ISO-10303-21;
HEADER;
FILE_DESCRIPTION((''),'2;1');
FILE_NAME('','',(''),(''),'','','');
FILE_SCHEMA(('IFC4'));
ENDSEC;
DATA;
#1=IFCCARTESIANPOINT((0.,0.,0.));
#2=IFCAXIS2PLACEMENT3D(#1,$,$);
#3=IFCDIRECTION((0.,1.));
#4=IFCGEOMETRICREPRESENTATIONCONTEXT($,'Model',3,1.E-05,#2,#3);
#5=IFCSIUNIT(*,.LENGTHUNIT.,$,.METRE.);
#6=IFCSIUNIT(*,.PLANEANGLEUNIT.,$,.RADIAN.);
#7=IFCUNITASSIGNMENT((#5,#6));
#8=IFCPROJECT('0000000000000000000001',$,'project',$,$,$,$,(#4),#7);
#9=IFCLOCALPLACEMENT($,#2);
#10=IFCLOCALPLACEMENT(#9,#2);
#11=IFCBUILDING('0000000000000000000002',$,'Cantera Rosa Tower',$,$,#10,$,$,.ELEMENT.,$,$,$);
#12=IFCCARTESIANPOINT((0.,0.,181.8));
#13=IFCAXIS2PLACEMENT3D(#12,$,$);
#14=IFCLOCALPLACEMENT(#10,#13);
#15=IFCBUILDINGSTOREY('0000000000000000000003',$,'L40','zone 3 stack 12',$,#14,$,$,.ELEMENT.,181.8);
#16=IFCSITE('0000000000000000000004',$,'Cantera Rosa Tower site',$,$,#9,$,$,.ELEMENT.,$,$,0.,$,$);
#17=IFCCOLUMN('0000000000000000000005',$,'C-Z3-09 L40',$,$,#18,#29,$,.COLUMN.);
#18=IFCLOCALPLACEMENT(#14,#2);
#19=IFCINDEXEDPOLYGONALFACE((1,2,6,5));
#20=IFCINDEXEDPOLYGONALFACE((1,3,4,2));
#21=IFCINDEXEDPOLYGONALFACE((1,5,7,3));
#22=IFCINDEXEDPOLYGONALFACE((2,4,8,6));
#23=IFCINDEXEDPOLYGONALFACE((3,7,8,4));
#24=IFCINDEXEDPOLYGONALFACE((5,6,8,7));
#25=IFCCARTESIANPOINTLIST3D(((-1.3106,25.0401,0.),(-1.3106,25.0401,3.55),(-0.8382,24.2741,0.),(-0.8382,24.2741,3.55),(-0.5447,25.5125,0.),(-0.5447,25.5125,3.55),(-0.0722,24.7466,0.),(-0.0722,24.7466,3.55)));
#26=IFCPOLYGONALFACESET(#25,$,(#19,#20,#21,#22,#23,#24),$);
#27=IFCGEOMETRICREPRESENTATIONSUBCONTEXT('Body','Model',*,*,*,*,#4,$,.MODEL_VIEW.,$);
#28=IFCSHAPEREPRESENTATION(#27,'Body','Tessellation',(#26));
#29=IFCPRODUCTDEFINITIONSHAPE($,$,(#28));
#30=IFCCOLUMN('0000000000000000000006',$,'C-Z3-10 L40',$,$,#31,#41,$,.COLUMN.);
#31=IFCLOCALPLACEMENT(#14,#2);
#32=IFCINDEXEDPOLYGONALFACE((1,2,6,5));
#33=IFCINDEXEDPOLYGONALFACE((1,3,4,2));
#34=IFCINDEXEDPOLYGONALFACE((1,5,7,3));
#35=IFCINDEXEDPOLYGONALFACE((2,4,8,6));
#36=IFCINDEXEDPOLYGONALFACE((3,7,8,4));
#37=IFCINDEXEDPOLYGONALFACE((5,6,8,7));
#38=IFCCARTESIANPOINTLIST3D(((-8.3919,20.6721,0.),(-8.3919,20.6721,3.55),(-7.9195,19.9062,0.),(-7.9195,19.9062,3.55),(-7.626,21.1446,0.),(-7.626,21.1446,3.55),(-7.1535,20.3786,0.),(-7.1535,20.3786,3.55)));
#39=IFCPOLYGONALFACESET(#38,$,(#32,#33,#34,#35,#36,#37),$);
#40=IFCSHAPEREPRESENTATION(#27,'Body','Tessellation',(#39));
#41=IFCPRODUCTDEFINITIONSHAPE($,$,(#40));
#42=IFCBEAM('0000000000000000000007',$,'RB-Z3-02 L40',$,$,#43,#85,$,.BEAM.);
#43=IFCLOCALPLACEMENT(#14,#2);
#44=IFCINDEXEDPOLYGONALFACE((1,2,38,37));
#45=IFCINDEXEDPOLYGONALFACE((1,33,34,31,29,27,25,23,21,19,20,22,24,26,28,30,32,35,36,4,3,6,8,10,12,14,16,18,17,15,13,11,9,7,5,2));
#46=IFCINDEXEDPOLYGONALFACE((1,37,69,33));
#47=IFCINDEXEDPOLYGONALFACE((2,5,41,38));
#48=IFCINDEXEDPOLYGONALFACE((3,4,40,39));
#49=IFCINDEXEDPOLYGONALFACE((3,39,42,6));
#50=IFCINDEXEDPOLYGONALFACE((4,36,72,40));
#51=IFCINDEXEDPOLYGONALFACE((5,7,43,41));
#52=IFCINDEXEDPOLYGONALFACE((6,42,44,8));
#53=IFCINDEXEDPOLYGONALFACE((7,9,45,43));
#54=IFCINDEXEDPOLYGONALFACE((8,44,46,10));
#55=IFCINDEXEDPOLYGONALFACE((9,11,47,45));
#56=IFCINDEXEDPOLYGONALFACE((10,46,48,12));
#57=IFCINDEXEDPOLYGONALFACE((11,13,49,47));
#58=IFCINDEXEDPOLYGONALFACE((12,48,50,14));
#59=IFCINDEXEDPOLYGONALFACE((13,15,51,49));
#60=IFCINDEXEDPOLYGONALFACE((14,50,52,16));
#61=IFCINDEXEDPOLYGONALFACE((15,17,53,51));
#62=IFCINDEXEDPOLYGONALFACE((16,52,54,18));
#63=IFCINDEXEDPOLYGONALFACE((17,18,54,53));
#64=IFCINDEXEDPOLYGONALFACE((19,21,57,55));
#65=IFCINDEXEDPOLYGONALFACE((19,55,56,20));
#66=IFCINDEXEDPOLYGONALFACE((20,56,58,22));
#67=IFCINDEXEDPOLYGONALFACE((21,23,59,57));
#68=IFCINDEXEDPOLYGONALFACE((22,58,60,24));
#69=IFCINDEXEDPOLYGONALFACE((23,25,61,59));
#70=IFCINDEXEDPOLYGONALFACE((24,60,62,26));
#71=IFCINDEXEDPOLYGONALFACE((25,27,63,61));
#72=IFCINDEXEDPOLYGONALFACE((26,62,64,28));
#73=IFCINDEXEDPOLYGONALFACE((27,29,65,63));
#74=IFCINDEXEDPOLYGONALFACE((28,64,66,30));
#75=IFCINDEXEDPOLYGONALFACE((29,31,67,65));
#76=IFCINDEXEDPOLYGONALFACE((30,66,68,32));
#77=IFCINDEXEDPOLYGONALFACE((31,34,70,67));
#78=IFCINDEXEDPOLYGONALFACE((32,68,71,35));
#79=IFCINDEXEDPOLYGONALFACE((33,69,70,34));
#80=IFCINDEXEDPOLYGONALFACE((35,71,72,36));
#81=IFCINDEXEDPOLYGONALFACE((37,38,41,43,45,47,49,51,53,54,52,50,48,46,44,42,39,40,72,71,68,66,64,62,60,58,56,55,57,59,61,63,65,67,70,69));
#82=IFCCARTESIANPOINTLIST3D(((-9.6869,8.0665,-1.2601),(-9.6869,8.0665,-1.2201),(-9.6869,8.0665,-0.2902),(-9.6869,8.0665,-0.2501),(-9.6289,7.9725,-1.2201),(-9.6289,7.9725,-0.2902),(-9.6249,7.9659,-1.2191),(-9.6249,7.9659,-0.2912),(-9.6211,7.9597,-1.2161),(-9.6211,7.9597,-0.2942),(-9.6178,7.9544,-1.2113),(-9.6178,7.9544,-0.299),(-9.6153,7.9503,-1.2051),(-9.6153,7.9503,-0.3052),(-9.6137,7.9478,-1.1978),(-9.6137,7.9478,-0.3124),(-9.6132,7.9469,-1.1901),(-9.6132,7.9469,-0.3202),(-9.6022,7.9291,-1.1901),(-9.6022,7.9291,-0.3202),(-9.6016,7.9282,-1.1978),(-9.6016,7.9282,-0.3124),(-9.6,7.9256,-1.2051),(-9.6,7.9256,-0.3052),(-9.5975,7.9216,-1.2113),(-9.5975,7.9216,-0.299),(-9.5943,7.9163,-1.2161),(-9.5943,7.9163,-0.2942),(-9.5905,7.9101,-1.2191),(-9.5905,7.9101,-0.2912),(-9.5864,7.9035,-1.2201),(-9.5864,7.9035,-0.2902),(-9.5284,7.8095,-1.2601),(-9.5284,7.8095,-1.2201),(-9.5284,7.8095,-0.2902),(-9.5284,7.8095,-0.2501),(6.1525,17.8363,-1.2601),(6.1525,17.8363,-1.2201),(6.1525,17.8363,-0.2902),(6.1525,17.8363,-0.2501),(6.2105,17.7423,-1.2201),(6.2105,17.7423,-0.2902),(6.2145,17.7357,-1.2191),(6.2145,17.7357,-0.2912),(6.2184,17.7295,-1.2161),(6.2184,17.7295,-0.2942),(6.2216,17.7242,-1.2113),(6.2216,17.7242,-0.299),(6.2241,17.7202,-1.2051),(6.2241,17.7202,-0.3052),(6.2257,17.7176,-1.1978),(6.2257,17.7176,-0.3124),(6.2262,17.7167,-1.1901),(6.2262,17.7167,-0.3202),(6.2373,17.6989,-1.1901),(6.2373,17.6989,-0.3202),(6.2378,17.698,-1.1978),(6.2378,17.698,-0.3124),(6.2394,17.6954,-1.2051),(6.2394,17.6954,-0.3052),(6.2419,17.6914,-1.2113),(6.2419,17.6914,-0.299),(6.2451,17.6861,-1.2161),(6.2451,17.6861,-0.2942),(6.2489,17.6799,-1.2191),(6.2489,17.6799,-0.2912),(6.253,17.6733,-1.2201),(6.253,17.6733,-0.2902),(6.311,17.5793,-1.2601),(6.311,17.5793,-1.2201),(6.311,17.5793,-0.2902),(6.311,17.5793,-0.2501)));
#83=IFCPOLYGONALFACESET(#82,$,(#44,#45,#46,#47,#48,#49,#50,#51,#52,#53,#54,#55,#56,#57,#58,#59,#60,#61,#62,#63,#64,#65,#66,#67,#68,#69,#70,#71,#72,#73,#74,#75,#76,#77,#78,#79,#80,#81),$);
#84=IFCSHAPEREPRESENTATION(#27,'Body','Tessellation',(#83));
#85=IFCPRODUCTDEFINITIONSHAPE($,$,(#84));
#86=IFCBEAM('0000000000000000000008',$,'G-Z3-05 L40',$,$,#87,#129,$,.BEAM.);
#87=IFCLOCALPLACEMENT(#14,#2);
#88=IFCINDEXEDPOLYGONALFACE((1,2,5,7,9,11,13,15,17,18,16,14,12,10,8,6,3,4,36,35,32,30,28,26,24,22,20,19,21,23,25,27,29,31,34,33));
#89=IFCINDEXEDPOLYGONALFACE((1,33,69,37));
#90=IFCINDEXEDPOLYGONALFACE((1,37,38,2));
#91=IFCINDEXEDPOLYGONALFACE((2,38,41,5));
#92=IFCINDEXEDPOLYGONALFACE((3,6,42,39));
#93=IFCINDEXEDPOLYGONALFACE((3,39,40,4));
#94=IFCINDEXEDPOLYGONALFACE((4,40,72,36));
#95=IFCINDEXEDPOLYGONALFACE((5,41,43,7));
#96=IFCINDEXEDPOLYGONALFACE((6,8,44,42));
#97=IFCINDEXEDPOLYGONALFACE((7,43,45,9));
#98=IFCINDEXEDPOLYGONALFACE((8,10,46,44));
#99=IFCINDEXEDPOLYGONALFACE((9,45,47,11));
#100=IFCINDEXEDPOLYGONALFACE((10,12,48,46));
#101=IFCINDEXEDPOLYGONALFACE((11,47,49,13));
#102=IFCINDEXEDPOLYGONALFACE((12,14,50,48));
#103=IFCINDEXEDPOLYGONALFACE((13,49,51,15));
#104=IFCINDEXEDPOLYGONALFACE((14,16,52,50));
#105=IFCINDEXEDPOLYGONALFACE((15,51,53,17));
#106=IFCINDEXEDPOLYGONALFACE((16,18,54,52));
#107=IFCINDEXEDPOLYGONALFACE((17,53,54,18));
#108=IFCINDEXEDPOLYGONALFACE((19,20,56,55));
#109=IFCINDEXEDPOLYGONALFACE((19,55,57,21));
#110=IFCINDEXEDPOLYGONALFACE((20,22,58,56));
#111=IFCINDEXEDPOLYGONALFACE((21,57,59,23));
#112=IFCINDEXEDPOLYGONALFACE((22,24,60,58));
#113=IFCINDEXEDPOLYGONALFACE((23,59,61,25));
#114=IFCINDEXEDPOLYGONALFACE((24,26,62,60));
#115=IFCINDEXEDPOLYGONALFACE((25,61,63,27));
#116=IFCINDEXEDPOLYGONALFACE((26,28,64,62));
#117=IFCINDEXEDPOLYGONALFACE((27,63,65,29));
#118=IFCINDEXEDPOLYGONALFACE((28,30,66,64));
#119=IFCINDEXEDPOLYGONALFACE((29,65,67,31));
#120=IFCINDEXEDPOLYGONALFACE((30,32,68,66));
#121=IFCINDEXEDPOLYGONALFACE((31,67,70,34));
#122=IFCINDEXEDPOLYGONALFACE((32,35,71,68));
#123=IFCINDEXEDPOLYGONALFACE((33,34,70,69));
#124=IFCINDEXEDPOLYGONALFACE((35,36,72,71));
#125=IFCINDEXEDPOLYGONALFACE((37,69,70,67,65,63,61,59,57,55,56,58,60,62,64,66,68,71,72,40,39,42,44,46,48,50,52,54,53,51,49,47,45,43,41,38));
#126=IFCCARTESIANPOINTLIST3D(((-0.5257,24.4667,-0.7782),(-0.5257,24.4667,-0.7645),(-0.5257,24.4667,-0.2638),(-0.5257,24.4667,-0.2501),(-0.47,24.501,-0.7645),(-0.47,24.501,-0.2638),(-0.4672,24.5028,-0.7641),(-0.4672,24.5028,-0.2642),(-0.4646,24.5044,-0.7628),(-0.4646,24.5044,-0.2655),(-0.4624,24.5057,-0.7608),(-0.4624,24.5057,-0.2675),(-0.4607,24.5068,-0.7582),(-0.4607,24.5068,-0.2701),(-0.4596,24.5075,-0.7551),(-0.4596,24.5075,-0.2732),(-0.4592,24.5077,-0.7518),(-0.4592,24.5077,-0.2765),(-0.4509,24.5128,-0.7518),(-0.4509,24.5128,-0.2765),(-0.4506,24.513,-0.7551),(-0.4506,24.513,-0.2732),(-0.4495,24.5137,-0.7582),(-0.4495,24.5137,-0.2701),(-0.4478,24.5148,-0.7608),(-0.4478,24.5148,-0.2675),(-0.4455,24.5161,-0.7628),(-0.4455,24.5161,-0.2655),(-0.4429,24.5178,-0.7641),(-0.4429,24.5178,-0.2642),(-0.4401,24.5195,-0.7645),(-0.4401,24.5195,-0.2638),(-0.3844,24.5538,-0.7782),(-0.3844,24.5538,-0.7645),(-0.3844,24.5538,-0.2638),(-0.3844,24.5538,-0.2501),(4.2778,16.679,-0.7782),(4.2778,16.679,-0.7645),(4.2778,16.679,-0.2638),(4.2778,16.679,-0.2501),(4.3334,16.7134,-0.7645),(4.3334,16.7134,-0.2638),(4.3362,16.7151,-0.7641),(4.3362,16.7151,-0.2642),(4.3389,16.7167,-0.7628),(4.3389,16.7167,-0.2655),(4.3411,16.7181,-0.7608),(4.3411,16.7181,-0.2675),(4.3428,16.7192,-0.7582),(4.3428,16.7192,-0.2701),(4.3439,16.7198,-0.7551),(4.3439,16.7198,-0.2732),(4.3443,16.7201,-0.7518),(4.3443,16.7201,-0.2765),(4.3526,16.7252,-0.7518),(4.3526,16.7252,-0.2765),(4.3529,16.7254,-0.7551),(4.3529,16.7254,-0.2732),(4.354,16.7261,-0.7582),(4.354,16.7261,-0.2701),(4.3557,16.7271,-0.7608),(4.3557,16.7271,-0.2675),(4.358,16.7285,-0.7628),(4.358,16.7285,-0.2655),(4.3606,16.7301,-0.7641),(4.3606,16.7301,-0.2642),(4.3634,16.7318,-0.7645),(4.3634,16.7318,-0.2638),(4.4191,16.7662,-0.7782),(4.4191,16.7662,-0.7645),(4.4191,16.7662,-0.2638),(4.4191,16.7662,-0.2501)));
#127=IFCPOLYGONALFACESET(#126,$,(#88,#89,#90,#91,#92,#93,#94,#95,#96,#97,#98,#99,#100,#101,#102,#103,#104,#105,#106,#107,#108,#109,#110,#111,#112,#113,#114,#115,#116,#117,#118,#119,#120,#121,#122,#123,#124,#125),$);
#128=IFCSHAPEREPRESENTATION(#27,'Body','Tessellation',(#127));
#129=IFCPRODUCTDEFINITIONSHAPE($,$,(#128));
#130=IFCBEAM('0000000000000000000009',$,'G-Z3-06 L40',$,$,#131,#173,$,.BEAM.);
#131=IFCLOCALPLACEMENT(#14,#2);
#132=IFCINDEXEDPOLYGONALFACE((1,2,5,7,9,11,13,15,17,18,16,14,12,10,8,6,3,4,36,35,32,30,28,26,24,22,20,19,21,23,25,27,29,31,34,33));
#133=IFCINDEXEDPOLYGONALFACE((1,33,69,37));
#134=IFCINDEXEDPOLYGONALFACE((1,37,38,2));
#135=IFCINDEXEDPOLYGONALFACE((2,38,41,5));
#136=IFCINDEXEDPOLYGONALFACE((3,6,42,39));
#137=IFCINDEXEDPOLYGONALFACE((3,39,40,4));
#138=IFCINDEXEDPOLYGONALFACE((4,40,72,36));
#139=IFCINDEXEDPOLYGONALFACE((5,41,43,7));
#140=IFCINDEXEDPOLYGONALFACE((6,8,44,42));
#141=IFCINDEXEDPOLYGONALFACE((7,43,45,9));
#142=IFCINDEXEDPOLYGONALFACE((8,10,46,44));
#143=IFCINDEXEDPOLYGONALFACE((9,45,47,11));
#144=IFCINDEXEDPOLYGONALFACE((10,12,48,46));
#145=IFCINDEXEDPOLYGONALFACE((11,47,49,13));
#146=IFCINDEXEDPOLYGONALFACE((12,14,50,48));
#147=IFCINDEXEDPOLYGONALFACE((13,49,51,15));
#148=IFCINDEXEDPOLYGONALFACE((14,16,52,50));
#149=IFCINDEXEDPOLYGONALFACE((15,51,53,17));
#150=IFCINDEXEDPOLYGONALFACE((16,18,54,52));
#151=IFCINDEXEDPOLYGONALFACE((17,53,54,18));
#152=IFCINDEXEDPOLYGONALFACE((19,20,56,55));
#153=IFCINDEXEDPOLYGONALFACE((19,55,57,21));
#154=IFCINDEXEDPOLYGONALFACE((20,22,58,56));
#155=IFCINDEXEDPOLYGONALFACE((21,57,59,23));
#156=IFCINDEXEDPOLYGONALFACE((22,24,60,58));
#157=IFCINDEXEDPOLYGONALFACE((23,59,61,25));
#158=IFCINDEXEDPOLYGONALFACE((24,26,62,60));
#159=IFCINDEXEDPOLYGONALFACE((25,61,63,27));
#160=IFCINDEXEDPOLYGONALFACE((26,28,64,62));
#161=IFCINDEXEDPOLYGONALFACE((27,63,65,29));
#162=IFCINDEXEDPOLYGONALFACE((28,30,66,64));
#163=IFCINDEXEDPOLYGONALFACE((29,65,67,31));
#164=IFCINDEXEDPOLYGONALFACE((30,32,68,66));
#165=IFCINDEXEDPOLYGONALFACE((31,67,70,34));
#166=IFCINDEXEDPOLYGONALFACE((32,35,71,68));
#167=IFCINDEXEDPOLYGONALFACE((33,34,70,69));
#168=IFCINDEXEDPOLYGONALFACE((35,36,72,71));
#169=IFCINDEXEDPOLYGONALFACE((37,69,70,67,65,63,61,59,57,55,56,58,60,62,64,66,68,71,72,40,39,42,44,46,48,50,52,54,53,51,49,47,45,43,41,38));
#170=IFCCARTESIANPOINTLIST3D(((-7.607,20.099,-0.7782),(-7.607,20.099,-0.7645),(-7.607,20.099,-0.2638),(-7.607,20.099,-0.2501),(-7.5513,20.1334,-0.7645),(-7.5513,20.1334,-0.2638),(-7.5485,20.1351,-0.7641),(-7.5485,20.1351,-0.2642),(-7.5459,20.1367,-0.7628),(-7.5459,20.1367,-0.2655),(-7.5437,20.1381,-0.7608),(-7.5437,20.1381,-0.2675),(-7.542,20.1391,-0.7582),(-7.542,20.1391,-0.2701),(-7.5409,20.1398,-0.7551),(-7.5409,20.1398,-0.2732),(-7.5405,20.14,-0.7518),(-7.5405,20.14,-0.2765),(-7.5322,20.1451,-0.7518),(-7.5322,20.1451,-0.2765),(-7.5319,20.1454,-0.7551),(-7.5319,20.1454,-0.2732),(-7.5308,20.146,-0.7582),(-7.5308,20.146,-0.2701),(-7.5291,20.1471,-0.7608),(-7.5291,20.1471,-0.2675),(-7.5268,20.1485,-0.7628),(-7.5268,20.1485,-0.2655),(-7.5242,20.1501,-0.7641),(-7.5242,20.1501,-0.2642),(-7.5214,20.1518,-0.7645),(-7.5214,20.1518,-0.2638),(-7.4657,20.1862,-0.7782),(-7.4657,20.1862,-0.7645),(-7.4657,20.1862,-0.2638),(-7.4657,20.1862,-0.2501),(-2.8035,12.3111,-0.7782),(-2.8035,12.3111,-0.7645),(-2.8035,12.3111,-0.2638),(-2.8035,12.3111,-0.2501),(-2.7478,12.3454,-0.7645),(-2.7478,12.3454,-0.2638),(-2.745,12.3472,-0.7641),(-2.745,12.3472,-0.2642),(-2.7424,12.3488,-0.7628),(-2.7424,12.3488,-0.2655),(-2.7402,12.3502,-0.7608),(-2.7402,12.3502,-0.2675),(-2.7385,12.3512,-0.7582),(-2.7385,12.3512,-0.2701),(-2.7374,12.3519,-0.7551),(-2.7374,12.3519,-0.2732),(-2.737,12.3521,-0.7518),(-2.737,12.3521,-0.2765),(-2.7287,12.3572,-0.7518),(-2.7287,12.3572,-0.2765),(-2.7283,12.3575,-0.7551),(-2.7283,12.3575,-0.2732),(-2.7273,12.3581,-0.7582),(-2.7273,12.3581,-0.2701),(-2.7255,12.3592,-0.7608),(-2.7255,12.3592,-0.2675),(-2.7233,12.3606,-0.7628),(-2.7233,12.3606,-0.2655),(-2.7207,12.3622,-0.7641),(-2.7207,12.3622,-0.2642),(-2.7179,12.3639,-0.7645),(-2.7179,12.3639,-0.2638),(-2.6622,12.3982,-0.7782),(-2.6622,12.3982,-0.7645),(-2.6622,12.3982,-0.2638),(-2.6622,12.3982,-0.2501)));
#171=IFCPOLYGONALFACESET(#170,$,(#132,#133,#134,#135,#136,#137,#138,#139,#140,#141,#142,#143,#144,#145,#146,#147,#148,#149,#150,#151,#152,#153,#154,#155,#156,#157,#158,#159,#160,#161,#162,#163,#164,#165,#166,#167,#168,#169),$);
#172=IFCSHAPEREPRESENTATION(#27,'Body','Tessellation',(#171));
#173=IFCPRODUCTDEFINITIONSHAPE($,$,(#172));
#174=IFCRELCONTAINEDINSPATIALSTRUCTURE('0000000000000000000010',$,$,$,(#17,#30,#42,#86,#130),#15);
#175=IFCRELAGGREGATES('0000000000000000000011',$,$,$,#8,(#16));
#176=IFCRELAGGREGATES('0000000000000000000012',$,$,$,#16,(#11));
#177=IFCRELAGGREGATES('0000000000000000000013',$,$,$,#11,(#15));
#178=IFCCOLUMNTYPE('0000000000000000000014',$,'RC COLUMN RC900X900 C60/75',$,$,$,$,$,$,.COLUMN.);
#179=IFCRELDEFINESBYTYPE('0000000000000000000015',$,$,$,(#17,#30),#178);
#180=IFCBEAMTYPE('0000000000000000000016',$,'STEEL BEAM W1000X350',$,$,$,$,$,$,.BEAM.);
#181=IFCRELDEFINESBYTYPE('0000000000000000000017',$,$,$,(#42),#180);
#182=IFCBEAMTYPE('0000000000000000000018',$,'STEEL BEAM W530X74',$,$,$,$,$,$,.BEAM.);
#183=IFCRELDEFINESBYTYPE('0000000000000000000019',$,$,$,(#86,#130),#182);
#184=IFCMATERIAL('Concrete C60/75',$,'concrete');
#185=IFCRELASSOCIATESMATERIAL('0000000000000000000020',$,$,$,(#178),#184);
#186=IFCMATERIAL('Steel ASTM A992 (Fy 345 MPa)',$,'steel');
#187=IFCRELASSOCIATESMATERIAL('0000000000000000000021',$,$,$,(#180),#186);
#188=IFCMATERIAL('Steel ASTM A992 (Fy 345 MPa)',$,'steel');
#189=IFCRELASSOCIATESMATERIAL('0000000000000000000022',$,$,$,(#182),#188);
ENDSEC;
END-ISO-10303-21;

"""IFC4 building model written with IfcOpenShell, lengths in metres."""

from ifc_helpers import new_model, si_unit, direction, frame, origin, origin_2d, place, context, subcontext, project, spatial, rectangle, i_section, extrude, material, material_profile, profile_set, type_object, element, save


model = new_model("IFC4")

# Units and contexts
model_context = context("Model", 3, precision=1e-05, world=origin(), true_north=direction((0.0, 1.0)))
body_context = subcontext(model_context, "Body", "Model", "MODEL_VIEW")
ifc_project = project(units=[si_unit("LENGTHUNIT", "METRE"), si_unit("PLANEANGLEUNIT", "RADIAN")], contexts=[model_context])

# Site, building, storey
site_placement = place(None, origin())
site = spatial("IfcSite", under=ifc_project, at=site_placement, Name="Cantera Rosa Tower site", CompositionType="ELEMENT", RefElevation=0.0)
building_placement = place(site_placement, origin())
building = spatial("IfcBuilding", under=site, at=building_placement, Name="Cantera Rosa Tower", CompositionType="ELEMENT")
storey_placement = place(building_placement, frame((0.0, 0.0, 181.8)))
storey = spatial("IfcBuildingStorey", under=building, at=storey_placement, Name="L40", Description="zone 3 stack 12", CompositionType="ELEMENT", Elevation=181.8)

# Columns
ifc_material_1 = material(Name="Concrete C60/75", Category="concrete")
ifc_material_profile_1 = material_profile(ifc_material_1, rectangle(XDim=0.8999, YDim=0.8999, at=origin_2d()), Name="RC COLUMN RC900X900 C60/75")
ifc_profile_set_1 = profile_set([ifc_material_profile_1], Name="Concrete C60/75")
column_type = type_object("IfcColumnType", Name="RC COLUMN RC900X900 C60/75", PredefinedType="COLUMN", material=ifc_profile_set_1)
for number, where, z_axis, x_axis, name in (
    (1, (-0.6914, 24.8933, 0.0), (0.0, 0.0, 1.0), (0.851117, 0.524977, 0.0), "C-Z3-09 L40"),
    (2, (-7.7727, 20.5254, 0.0), (0.0, 0.0, 1.0), (0.851117, 0.524977, 0.0), "C-Z3-10 L40"),
):
    element("IfcColumn", number, at=place(storey_placement, frame(where, z_axis=z_axis, x_axis=x_axis)), inside=storey, type_object=column_type, Name=name, PredefinedType="COLUMN", context=body_context, shape_type="SweptSolid", body=[
        extrude(rectangle(XDim=0.8999, YDim=0.8999, at=origin_2d()), origin(), (0.0, 0.0, 1.0), 3.55),
    ])

# Beams
ifc_material_2 = material(Name="Steel ASTM A992 (Fy 345 MPa)", Category="steel")
ifc_material_profile_2 = material_profile(ifc_material_2, i_section(OverallWidth=0.302, OverallDepth=1.01, WebThickness=0.021, FlangeThickness=0.04, FilletRadius=0.03, at=origin_2d()), Name="W1000X350")
ifc_profile_set_2 = profile_set([ifc_material_profile_2], Name="Steel ASTM A992 (Fy 345 MPa)")
beam_type_1 = type_object("IfcBeamType", Name="STEEL BEAM W1000X350", PredefinedType="BEAM", material=ifc_profile_set_2)
beam_1_placement = place(storey_placement, frame((-9.6077, 7.938, -0.7551), z_axis=(0.851119, 0.524973, 0.0), x_axis=(-0.524973, 0.851119, 0.0)))
element("IfcBeam", 3, at=beam_1_placement, inside=storey, type_object=beam_type_1, Name="RB-Z3-02 L40", PredefinedType="BEAM", context=body_context, shape_type="SweptSolid", body=[
    extrude(i_section(OverallWidth=0.302, OverallDepth=1.01, WebThickness=0.021, FlangeThickness=0.04, FilletRadius=0.03, at=origin_2d()), origin(), (0.0, 0.0, 1.0), 18.6101),
])
ifc_material_3 = material(Name="Steel ASTM A992 (Fy 345 MPa)", Category="steel")
ifc_material_profile_3 = material_profile(ifc_material_3, i_section(OverallWidth=0.166, OverallDepth=0.5281, WebThickness=0.0098, FlangeThickness=0.0137, FilletRadius=0.0127, at=origin_2d()), Name="W530X74")
ifc_profile_set_3 = profile_set([ifc_material_profile_3], Name="Steel ASTM A992 (Fy 345 MPa)")
beam_type_2 = type_object("IfcBeamType", Name="STEEL BEAM W530X74", PredefinedType="BEAM", material=ifc_profile_set_3)
beam_2_placement = place(storey_placement, frame((-0.4551, 24.5103, -0.5142), z_axis=(0.524977, -0.851116, 0.0), x_axis=(0.851116, 0.524977, 0.0)))
element("IfcBeam", 4, at=beam_2_placement, inside=storey, type_object=beam_type_2, Name="G-Z3-05 L40", PredefinedType="BEAM", context=body_context, shape_type="SweptSolid", body=[
    extrude(i_section(OverallWidth=0.166, OverallDepth=0.5281, WebThickness=0.0098, FlangeThickness=0.0137, FilletRadius=0.0127, at=origin_2d()), origin(), (0.0, 0.0, 1.0), 9.1499),
])
beam_3_placement = place(storey_placement, frame((-7.5364, 20.1426, -0.5142), z_axis=(0.524965, -0.851124, 0.0), x_axis=(0.851124, 0.524965, 0.0)))
element("IfcBeam", 5, at=beam_3_placement, inside=storey, type_object=beam_type_2, Name="G-Z3-06 L40", PredefinedType="BEAM", context=body_context, shape_type="SweptSolid", body=[
    extrude(i_section(OverallWidth=0.166, OverallDepth=0.5281, WebThickness=0.0098, FlangeThickness=0.0137, FilletRadius=0.0127, at=origin_2d()), origin(), (0.0, 0.0, 1.0), 9.1501),
])

save(model, "model.ifc")
